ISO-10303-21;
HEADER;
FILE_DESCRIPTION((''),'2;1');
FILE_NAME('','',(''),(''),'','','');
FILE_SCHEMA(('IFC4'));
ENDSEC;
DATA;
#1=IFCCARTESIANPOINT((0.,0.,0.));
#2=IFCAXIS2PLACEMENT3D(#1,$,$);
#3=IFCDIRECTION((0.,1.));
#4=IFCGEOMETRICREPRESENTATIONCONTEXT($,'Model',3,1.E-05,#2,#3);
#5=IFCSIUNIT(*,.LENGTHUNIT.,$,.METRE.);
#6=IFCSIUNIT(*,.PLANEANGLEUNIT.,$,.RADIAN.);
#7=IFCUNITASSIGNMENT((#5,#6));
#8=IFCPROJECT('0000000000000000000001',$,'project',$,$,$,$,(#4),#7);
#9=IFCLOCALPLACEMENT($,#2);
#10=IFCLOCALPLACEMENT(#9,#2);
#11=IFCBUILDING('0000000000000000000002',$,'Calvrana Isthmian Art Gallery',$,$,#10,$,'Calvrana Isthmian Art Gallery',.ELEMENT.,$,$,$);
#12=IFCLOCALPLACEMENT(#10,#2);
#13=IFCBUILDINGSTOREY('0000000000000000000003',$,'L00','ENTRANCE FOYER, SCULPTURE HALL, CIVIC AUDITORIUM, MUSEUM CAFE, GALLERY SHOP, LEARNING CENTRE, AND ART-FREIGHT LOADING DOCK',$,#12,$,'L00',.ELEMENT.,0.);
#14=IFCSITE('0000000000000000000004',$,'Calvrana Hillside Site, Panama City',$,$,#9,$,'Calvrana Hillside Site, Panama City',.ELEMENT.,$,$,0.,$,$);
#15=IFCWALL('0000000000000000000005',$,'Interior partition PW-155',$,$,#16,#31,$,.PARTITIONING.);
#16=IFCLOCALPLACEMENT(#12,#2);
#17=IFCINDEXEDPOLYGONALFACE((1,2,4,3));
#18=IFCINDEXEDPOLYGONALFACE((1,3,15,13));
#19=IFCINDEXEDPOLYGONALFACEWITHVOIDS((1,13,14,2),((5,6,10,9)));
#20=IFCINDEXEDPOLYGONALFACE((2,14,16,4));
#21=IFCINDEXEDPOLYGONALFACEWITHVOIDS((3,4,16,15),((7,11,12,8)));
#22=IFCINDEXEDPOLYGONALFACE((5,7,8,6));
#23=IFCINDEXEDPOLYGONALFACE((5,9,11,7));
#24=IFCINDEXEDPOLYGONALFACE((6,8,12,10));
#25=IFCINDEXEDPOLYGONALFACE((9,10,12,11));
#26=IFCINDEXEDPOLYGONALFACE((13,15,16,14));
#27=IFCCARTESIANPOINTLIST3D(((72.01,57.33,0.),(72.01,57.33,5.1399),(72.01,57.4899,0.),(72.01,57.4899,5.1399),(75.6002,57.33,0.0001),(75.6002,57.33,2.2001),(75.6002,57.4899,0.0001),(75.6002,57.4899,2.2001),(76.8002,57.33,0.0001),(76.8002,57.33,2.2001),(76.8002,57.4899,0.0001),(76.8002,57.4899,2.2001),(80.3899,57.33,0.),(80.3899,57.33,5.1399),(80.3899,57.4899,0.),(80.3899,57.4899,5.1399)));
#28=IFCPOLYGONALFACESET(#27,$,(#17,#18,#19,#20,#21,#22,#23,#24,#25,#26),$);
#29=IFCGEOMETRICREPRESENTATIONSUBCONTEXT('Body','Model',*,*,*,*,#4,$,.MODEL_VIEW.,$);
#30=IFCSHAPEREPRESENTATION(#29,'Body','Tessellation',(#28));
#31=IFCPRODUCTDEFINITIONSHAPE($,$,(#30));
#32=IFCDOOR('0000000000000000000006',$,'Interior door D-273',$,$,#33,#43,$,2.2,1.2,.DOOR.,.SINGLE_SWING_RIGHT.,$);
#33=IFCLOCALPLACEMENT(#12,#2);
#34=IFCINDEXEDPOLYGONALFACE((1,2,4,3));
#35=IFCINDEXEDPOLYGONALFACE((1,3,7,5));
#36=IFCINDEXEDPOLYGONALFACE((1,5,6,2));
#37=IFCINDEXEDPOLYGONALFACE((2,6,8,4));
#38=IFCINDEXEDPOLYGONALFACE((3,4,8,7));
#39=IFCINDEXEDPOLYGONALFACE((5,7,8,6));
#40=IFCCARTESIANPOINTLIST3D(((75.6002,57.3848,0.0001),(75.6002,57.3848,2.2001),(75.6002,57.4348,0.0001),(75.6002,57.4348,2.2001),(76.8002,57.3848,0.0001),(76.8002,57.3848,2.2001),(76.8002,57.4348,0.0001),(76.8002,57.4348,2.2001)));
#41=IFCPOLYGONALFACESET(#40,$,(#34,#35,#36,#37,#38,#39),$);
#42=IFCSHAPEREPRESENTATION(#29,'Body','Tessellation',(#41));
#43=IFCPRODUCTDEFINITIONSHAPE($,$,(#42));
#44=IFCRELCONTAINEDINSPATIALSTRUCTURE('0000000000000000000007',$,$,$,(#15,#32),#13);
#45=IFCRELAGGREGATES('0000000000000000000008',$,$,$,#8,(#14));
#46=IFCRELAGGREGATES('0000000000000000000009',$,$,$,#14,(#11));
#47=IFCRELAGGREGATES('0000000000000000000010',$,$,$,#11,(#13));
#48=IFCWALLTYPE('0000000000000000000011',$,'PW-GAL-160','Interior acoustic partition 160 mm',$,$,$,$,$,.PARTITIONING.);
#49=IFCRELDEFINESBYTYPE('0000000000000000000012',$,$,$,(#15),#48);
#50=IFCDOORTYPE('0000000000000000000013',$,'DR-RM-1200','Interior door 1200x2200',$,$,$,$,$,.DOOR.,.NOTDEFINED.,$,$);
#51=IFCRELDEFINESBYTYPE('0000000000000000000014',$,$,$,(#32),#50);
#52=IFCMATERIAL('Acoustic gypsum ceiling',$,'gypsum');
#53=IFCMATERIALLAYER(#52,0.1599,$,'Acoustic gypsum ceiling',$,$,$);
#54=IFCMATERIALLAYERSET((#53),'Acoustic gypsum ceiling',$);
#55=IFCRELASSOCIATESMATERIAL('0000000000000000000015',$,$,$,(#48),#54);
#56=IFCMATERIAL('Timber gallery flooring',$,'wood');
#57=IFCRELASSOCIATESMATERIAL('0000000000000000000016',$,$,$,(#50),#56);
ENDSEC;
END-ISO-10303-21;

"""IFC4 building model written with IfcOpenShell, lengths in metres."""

from ifc_helpers import new_model, si_unit, direction, frame, frame_2d, origin, place, context, subcontext, project, spatial, rectangle, extrude, material, layer, layer_set, type_object, element, fill, save


model = new_model("IFC4")

# Units and contexts
model_context = context("Model", 3, precision=1e-05, world=origin(), true_north=direction((0.0, 1.0)))
body_context = subcontext(model_context, "Body", "Model", "MODEL_VIEW")
ifc_project = project(units=[si_unit("LENGTHUNIT", "METRE"), si_unit("PLANEANGLEUNIT", "RADIAN")], contexts=[model_context])

# Site, building, storey
site_placement = place(None, origin())
site = spatial("IfcSite", under=ifc_project, at=site_placement, Name="Calvrana Hillside Site, Panama City", LongName="Calvrana Hillside Site, Panama City", CompositionType="ELEMENT", RefElevation=0.0)
building_placement = place(site_placement, origin())
building = spatial("IfcBuilding", under=site, at=building_placement, Name="Calvrana Isthmian Art Gallery", LongName="Calvrana Isthmian Art Gallery", CompositionType="ELEMENT")
storey_placement = place(building_placement, origin())
storey = spatial("IfcBuildingStorey", under=building, at=storey_placement, Name="L00", Description="ENTRANCE FOYER, SCULPTURE HALL, CIVIC AUDITORIUM, MUSEUM CAFE, GALLERY SHOP, LEARNING CENTRE, AND ART-FREIGHT LOADING DOCK", LongName="L00", CompositionType="ELEMENT", Elevation=0.0)

# Shared definitions
ifc_material_1 = material(Name="Acoustic gypsum ceiling", Category="gypsum")

# Shared definitions
ifc_layer_1 = layer(ifc_material_1, 0.1599, Name="Acoustic gypsum ceiling")
ifc_layer_set_1 = layer_set([ifc_layer_1], Name="Acoustic gypsum ceiling")
wall_type_1 = type_object("IfcWallType", Name="PW-GAL-160", Description="Interior acoustic partition 160 mm", PredefinedType="PARTITIONING", material=ifc_layer_set_1)
ifc_material_2 = material(Name="Timber gallery flooring", Category="wood")

# Wall, opening, door
wall_1_placement = place(storey_placement, frame((72.01, 57.4099, 0.0), z_axis=(0.0, 0.0, 1.0), x_axis=(1.0, 0.0, 0.0)))
wall_1 = element("IfcWall", 1, at=wall_1_placement, inside=storey, type_object=wall_type_1, Name="Interior partition PW-155", PredefinedType="PARTITIONING", context=body_context, shape_type="SweptSolid", body=[
    extrude(rectangle(XDim=8.3799, YDim=0.1599, at=frame_2d((4.1899, 0.0))), origin(), (0.0, 0.0, 1.0), 5.1399),
])
opening_1_placement = place(wall_1_placement, frame((3.5901, 0.0, 0.0)))
opening_1 = element("IfcOpeningElement", 2, at=opening_1_placement, cuts=wall_1, PredefinedType="OPENING", context=body_context, shape_type="SweptSolid", body=[
    extrude(rectangle(XDim=1.2, YDim=2.2, at=frame_2d((0.6001, 1.1001))), frame((0.0, 0.0903, 0.0), z_axis=(0.0, -1.0, 0.0), x_axis=(1.0, 0.0, 0.0)), (0.0, 0.0, 1.0), 0.1804),
])
door_type_1 = type_object("IfcDoorType", Name="DR-RM-1200", Description="Interior door 1200x2200", OperationType="NOTDEFINED", PredefinedType="DOOR", material=ifc_material_2)
door_1_placement = place(opening_1_placement, origin())
door_1 = element("IfcDoor", 3, at=door_1_placement, inside=storey, type_object=door_type_1, Name="Interior door D-273", OperationType="SINGLE_SWING_RIGHT", OverallHeight=2.2, OverallWidth=1.2, PredefinedType="DOOR", context=body_context, shape_type="SweptSolid", body=[
    extrude(rectangle(XDim=1.2, YDim=2.2, at=frame_2d((0.6001, 1.1001))), frame((0.0, 0.0249, 0.0), z_axis=(0.0, -1.0, 0.0), x_axis=(1.0, 0.0, 0.0)), (0.0, 0.0, 1.0), 0.05),
])
fill(opening_1, door_1)

save(model, "model.ifc")
